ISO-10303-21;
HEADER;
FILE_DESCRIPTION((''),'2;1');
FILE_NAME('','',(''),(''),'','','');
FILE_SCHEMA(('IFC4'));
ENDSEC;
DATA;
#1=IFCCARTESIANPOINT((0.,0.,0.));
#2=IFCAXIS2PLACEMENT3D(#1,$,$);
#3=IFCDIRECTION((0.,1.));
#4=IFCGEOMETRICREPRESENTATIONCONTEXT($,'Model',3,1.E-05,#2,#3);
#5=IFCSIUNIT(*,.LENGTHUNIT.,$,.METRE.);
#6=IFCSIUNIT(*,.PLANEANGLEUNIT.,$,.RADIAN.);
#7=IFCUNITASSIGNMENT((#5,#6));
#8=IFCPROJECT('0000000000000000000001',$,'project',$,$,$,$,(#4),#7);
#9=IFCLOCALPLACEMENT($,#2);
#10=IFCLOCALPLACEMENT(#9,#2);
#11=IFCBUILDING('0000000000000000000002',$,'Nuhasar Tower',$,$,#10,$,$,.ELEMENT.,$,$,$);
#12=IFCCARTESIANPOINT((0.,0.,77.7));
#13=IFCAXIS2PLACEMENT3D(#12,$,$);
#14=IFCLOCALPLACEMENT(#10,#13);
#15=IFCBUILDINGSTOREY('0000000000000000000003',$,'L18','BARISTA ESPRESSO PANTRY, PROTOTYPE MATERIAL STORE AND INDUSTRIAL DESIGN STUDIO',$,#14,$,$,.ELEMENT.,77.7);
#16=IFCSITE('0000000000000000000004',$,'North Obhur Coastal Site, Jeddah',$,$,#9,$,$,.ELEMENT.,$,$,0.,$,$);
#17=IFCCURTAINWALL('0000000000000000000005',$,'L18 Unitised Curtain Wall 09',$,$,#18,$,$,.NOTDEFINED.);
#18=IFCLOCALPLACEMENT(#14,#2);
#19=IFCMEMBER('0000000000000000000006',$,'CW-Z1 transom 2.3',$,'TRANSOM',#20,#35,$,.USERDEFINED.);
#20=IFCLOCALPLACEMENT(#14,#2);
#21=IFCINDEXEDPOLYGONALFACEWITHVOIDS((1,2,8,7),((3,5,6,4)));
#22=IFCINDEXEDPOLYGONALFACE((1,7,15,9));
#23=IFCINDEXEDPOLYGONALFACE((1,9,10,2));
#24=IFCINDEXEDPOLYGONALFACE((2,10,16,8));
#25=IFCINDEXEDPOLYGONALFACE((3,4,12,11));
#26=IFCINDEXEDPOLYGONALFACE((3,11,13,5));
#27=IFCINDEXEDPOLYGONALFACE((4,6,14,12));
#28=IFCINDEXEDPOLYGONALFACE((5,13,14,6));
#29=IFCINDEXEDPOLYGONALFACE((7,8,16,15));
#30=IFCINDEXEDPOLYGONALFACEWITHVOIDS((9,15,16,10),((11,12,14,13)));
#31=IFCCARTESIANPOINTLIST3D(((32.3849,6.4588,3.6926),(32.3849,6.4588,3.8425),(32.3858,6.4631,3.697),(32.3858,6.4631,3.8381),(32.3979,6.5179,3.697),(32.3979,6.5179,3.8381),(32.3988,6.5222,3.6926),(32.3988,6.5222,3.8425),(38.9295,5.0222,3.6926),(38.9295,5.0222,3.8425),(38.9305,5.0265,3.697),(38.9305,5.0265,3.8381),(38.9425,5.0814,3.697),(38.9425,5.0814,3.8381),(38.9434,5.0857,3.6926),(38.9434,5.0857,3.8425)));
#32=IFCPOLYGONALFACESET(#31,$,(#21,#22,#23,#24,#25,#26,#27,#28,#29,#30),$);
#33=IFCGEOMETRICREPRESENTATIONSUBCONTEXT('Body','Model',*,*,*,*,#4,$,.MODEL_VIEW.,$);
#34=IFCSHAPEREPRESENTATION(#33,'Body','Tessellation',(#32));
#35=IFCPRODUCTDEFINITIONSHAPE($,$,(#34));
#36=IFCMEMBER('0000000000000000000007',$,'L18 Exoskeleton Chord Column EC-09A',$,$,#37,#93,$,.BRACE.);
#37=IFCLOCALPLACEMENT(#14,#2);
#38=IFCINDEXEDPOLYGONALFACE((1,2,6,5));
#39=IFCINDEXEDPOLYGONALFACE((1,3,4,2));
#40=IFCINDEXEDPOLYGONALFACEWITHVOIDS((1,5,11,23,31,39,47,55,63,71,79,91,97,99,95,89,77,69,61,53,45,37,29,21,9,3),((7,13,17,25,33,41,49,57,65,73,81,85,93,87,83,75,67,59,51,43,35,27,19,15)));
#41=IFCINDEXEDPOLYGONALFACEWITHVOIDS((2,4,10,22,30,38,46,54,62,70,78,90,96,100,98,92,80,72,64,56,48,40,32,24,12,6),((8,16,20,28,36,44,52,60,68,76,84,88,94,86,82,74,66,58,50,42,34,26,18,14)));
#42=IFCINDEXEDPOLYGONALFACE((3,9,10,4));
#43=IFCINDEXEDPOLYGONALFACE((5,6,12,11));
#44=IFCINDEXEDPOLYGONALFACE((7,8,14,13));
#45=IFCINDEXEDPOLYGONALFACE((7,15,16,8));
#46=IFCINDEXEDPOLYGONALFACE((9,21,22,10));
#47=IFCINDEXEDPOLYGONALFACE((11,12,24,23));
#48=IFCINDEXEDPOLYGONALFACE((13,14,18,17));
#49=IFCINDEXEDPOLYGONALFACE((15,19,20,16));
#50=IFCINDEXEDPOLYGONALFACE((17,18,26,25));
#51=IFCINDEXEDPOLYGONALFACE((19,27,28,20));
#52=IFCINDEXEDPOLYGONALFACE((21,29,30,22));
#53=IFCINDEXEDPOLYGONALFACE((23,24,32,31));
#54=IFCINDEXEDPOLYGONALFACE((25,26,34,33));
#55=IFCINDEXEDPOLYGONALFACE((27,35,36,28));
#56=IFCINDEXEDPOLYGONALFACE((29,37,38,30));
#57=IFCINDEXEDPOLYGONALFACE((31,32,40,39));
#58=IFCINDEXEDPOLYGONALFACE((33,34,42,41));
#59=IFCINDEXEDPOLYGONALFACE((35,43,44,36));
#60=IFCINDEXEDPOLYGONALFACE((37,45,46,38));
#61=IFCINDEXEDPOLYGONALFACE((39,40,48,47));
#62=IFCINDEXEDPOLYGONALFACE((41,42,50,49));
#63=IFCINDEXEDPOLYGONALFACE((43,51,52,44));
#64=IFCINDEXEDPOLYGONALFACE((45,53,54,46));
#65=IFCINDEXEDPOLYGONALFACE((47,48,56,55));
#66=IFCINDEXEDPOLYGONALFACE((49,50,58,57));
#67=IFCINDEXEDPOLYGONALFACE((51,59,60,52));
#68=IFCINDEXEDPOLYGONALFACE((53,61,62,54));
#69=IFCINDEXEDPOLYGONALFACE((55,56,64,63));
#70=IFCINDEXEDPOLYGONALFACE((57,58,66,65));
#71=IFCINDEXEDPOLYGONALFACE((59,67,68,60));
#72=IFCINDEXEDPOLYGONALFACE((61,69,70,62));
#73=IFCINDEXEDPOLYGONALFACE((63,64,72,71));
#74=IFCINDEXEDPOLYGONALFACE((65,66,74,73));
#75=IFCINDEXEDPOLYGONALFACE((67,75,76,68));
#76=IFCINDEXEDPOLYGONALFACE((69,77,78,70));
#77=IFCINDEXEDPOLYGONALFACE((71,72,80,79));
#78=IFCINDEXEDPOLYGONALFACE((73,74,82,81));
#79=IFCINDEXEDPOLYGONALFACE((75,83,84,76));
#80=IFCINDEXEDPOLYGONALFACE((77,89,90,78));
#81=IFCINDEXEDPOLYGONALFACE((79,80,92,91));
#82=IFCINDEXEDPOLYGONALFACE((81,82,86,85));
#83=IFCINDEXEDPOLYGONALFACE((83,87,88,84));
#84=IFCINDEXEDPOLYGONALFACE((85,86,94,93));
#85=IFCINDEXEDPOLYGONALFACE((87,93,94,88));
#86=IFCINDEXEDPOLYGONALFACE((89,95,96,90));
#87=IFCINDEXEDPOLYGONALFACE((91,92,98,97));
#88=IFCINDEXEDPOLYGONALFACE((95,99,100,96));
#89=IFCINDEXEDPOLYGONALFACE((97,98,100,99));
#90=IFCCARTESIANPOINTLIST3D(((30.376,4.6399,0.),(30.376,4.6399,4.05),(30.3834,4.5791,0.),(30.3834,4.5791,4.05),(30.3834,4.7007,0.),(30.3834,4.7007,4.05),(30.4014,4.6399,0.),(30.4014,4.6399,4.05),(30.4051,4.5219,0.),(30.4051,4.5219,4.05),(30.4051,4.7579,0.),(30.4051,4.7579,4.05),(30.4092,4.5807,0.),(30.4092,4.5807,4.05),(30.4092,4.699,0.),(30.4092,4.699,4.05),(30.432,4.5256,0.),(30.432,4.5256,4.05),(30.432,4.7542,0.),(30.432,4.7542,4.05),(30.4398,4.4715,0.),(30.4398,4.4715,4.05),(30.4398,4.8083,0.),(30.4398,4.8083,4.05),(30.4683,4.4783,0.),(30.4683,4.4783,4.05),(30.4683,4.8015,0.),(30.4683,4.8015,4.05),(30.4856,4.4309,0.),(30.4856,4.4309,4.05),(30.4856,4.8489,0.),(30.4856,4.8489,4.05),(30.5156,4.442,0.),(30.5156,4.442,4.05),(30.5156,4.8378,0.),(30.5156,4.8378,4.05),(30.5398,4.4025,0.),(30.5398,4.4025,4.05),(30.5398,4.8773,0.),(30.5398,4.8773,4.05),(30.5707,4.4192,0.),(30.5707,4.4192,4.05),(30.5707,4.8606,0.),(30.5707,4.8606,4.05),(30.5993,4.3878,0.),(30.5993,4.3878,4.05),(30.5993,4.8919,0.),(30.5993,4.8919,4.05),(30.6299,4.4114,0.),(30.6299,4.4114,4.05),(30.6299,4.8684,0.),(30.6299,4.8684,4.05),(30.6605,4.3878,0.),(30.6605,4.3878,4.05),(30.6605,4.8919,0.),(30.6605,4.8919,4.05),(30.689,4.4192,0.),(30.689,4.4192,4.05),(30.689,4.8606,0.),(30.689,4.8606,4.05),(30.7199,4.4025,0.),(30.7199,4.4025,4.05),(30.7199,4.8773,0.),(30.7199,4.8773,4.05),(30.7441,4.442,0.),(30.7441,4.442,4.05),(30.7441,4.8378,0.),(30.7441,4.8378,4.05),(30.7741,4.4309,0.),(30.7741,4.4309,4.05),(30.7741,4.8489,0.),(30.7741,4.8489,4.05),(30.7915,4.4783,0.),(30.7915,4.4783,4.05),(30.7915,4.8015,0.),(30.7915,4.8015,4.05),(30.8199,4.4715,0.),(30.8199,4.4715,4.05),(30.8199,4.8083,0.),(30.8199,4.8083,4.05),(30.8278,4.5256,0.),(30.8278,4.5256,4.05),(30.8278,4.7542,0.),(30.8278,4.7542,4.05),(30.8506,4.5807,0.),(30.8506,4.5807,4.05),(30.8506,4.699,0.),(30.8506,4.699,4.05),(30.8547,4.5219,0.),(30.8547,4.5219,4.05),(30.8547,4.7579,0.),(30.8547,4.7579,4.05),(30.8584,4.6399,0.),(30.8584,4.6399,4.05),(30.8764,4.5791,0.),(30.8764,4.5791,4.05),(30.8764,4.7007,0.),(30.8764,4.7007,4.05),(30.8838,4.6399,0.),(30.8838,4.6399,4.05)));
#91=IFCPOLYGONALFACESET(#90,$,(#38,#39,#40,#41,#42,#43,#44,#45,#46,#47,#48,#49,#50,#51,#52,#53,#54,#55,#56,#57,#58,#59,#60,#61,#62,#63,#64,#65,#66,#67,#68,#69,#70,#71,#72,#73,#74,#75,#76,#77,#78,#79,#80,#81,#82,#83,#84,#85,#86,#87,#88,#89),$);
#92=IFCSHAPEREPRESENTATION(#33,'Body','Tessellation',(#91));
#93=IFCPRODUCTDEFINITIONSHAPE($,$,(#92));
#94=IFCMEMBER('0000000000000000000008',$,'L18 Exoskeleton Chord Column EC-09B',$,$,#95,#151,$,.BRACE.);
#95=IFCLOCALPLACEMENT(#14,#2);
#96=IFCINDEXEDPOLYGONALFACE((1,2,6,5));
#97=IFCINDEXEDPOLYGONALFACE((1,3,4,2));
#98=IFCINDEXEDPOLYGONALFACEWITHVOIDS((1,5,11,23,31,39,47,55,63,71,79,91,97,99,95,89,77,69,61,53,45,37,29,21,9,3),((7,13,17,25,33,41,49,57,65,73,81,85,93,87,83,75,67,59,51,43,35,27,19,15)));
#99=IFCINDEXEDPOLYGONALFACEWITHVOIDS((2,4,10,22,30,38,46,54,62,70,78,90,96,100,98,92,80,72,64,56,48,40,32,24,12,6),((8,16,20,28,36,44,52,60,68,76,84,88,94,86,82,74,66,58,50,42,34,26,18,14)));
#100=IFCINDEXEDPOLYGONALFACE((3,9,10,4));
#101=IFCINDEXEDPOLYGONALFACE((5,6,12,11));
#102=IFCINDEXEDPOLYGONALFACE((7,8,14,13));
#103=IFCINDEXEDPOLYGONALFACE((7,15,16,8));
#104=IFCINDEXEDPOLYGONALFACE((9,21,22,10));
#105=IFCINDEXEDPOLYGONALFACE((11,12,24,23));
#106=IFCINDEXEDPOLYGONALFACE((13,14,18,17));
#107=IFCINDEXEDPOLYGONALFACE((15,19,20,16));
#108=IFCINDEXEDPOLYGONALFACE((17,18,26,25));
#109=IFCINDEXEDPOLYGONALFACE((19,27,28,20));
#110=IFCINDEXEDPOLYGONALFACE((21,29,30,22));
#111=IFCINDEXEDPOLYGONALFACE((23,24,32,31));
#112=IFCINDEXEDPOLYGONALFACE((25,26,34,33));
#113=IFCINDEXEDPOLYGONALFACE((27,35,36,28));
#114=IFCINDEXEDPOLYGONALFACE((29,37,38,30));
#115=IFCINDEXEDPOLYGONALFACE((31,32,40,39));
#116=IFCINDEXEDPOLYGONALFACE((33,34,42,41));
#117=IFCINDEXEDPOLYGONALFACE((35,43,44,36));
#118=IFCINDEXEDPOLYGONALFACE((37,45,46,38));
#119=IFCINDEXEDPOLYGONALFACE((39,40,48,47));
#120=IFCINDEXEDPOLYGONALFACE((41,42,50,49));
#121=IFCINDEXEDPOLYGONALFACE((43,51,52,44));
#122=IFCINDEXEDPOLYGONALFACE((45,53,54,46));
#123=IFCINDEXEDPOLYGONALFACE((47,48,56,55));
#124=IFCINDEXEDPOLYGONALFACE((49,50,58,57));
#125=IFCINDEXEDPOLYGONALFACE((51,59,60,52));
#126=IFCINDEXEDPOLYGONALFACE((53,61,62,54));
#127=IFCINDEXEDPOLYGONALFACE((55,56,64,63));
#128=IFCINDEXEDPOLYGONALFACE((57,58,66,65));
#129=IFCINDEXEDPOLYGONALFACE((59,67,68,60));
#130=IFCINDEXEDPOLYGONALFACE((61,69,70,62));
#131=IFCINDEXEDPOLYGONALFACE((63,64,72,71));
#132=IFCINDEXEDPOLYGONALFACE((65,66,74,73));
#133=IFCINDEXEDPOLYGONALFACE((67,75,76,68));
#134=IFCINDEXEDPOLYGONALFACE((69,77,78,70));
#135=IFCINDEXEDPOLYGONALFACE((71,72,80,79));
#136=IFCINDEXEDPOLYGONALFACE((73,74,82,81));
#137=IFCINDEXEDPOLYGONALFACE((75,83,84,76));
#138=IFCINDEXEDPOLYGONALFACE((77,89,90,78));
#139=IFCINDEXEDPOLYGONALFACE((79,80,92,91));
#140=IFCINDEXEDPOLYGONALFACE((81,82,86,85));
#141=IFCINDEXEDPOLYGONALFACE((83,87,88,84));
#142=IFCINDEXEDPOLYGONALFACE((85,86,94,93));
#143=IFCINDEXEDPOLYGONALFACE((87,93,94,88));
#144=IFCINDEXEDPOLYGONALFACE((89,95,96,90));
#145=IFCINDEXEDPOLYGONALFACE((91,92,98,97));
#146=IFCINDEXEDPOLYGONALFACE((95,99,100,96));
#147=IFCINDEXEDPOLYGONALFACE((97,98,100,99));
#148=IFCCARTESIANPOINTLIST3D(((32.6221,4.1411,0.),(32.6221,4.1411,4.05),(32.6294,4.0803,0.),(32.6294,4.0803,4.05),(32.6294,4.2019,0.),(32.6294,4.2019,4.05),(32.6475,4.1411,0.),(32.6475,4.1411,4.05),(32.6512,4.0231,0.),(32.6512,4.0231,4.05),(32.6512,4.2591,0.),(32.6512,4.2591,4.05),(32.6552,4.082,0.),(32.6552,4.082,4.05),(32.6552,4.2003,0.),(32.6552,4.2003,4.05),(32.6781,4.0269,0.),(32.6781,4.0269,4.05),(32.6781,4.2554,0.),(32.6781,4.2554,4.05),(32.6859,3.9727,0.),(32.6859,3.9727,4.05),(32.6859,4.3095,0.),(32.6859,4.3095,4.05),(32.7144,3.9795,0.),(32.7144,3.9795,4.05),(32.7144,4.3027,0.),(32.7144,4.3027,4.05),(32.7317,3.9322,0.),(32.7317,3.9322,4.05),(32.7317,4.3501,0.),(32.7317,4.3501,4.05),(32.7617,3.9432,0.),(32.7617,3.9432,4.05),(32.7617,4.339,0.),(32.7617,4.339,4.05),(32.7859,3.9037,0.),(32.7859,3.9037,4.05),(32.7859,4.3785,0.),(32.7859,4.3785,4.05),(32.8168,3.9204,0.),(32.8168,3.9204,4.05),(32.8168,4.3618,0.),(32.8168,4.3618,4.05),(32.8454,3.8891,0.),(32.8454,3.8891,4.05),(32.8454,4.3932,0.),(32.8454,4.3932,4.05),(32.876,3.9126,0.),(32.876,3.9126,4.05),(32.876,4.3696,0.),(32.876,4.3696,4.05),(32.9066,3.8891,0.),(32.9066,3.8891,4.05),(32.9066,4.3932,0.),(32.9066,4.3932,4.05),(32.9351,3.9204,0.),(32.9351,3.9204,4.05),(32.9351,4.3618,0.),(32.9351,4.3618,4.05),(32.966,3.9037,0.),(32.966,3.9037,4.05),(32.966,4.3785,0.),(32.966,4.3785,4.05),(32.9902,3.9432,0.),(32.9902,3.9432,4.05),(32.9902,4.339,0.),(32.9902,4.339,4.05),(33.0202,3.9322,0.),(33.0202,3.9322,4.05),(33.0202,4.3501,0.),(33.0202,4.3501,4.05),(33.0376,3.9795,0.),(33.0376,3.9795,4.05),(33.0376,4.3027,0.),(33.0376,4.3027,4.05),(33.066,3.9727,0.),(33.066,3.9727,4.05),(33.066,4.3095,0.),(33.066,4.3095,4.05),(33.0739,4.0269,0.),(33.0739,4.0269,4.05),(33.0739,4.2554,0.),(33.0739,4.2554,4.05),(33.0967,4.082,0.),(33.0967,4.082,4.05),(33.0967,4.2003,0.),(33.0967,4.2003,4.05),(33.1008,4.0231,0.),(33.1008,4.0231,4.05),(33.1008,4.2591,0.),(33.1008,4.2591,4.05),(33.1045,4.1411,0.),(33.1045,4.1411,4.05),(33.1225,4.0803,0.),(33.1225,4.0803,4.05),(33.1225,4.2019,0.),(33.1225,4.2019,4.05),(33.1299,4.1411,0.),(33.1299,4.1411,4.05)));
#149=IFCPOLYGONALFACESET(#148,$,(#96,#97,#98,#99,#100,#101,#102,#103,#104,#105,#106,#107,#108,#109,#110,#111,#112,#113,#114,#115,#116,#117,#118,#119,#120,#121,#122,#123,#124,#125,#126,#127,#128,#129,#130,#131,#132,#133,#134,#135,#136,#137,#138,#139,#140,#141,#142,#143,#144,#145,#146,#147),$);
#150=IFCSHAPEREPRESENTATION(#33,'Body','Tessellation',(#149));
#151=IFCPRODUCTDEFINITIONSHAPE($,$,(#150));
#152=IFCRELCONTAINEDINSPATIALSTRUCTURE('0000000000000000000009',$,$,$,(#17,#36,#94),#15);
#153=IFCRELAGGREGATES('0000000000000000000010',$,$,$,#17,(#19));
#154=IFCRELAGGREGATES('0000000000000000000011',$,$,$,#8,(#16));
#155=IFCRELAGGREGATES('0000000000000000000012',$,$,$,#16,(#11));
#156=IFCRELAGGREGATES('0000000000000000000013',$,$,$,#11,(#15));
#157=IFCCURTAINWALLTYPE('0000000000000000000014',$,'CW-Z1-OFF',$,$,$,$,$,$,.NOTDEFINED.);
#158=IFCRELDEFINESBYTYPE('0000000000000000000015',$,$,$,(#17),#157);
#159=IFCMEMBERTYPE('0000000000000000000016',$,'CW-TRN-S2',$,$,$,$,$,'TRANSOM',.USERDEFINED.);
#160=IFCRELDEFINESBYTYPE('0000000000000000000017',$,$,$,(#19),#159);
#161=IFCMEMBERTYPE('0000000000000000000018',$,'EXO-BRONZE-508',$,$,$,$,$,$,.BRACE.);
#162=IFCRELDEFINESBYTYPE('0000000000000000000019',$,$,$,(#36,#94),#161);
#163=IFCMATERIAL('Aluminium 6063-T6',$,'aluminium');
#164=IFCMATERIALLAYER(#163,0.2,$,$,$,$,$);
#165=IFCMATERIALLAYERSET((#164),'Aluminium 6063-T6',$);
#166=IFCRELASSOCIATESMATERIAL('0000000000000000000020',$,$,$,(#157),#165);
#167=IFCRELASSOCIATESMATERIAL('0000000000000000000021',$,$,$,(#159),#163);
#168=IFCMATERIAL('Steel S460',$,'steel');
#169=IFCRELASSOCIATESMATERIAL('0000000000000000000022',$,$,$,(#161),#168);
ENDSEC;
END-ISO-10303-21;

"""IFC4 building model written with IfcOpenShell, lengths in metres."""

from ifc_helpers import new_model, si_unit, direction, frame, origin, origin_2d, place, context, subcontext, project, spatial, hollow_rectangle, hollow_circle, extrude, material, layer, layer_set, material_profile, profile_set, type_object, element, aggregate, save


model = new_model("IFC4")

# Units and contexts
model_context = context("Model", 3, precision=1e-05, world=origin(), true_north=direction((0.0, 1.0)))
body_context = subcontext(model_context, "Body", "Model", "MODEL_VIEW")
ifc_project = project(units=[si_unit("LENGTHUNIT", "METRE"), si_unit("PLANEANGLEUNIT", "RADIAN")], contexts=[model_context])

# Site, building, storey
site_placement = place(None, origin())
site = spatial("IfcSite", under=ifc_project, at=site_placement, Name="North Obhur Coastal Site, Jeddah", CompositionType="ELEMENT", RefElevation=0.0)
building_placement = place(site_placement, origin())
building = spatial("IfcBuilding", under=site, at=building_placement, Name="Nuhasar Tower", CompositionType="ELEMENT")
storey_placement = place(building_placement, frame((0.0, 0.0, 77.7)))
storey = spatial("IfcBuildingStorey", under=building, at=storey_placement, Name="L18", Description="BARISTA ESPRESSO PANTRY, PROTOTYPE MATERIAL STORE AND INDUSTRIAL DESIGN STUDIO", CompositionType="ELEMENT", Elevation=77.7)

# Curtain wall, member
ifc_material_1 = material(Name="Aluminium 6063-T6", Category="aluminium")
ifc_layer_1 = layer(ifc_material_1, 0.2)
ifc_layer_set_1 = layer_set([ifc_layer_1], Name="Aluminium 6063-T6")
curtain_wall_type = type_object("IfcCurtainWallType", Name="CW-Z1-OFF", PredefinedType="NOTDEFINED", material=ifc_layer_set_1)
curtain_wall_placement = place(storey_placement, origin())
curtain_wall = element("IfcCurtainWall", 1, at=curtain_wall_placement, inside=storey, type_object=curtain_wall_type, Name="L18 Unitised Curtain Wall 09", PredefinedType="NOTDEFINED")
ifc_material_profile_1 = material_profile(ifc_material_1, hollow_rectangle(XDim=0.0649, YDim=0.1499, WallThickness=0.0044, at=origin_2d()), Name="CWT-2")
ifc_profile_set_1 = profile_set([ifc_material_profile_1], Name="Aluminium 6063-T6")
member_type_1 = type_object("IfcMemberType", Name="CW-TRN-S2", ElementType="TRANSOM", PredefinedType="USERDEFINED", material=ifc_profile_set_1)
member_1_placement = place(storey_placement, frame((32.3918, 6.4905, 3.7676), z_axis=(0.976748, -0.214391, 0.0), x_axis=(0.214391, 0.976748, 0.0)))
member_1 = element("IfcMember", 2, at=member_1_placement, type_object=member_type_1, Name="CW-Z1 transom 2.3", ObjectType="TRANSOM", PredefinedType="USERDEFINED", context=body_context, shape_type="SweptSolid", body=[
    extrude(hollow_rectangle(XDim=0.0649, YDim=0.1499, WallThickness=0.0044, at=origin_2d()), origin(), (0.0, 0.0, 1.0), 6.7004),
])

# Members
ifc_material_2 = material(Name="Steel S460", Category="steel")
ifc_material_profile_2 = material_profile(ifc_material_2, hollow_circle(Radius=0.2539, WallThickness=0.0254, at=origin_2d()), Name="HSS508X25.4")
ifc_profile_set_2 = profile_set([ifc_material_profile_2], Name="Steel S460")
member_type_2 = type_object("IfcMemberType", Name="EXO-BRONZE-508", PredefinedType="BRACE", material=ifc_profile_set_2)
for number, where, z_axis, x_axis, name in (
    (3, (30.6299, 4.6399, 0.0), (0.0, 0.0, 1.0), (1.0, 0.0, 0.0), "L18 Exoskeleton Chord Column EC-09A"),
    (4, (32.876, 4.1411, 0.0), (0.0, 0.0, 1.0), (1.0, 0.0, 0.0), "L18 Exoskeleton Chord Column EC-09B"),
):
    element("IfcMember", number, at=place(storey_placement, frame(where, z_axis=z_axis, x_axis=x_axis)), inside=storey, type_object=member_type_2, Name=name, PredefinedType="BRACE", context=body_context, shape_type="SweptSolid", body=[
        extrude(hollow_circle(Radius=0.2539, WallThickness=0.0254, at=origin_2d()), origin(), (0.0, 0.0, 1.0), 4.05),
    ])

aggregate(curtain_wall, [member_1])

save(model, "model.ifc")
